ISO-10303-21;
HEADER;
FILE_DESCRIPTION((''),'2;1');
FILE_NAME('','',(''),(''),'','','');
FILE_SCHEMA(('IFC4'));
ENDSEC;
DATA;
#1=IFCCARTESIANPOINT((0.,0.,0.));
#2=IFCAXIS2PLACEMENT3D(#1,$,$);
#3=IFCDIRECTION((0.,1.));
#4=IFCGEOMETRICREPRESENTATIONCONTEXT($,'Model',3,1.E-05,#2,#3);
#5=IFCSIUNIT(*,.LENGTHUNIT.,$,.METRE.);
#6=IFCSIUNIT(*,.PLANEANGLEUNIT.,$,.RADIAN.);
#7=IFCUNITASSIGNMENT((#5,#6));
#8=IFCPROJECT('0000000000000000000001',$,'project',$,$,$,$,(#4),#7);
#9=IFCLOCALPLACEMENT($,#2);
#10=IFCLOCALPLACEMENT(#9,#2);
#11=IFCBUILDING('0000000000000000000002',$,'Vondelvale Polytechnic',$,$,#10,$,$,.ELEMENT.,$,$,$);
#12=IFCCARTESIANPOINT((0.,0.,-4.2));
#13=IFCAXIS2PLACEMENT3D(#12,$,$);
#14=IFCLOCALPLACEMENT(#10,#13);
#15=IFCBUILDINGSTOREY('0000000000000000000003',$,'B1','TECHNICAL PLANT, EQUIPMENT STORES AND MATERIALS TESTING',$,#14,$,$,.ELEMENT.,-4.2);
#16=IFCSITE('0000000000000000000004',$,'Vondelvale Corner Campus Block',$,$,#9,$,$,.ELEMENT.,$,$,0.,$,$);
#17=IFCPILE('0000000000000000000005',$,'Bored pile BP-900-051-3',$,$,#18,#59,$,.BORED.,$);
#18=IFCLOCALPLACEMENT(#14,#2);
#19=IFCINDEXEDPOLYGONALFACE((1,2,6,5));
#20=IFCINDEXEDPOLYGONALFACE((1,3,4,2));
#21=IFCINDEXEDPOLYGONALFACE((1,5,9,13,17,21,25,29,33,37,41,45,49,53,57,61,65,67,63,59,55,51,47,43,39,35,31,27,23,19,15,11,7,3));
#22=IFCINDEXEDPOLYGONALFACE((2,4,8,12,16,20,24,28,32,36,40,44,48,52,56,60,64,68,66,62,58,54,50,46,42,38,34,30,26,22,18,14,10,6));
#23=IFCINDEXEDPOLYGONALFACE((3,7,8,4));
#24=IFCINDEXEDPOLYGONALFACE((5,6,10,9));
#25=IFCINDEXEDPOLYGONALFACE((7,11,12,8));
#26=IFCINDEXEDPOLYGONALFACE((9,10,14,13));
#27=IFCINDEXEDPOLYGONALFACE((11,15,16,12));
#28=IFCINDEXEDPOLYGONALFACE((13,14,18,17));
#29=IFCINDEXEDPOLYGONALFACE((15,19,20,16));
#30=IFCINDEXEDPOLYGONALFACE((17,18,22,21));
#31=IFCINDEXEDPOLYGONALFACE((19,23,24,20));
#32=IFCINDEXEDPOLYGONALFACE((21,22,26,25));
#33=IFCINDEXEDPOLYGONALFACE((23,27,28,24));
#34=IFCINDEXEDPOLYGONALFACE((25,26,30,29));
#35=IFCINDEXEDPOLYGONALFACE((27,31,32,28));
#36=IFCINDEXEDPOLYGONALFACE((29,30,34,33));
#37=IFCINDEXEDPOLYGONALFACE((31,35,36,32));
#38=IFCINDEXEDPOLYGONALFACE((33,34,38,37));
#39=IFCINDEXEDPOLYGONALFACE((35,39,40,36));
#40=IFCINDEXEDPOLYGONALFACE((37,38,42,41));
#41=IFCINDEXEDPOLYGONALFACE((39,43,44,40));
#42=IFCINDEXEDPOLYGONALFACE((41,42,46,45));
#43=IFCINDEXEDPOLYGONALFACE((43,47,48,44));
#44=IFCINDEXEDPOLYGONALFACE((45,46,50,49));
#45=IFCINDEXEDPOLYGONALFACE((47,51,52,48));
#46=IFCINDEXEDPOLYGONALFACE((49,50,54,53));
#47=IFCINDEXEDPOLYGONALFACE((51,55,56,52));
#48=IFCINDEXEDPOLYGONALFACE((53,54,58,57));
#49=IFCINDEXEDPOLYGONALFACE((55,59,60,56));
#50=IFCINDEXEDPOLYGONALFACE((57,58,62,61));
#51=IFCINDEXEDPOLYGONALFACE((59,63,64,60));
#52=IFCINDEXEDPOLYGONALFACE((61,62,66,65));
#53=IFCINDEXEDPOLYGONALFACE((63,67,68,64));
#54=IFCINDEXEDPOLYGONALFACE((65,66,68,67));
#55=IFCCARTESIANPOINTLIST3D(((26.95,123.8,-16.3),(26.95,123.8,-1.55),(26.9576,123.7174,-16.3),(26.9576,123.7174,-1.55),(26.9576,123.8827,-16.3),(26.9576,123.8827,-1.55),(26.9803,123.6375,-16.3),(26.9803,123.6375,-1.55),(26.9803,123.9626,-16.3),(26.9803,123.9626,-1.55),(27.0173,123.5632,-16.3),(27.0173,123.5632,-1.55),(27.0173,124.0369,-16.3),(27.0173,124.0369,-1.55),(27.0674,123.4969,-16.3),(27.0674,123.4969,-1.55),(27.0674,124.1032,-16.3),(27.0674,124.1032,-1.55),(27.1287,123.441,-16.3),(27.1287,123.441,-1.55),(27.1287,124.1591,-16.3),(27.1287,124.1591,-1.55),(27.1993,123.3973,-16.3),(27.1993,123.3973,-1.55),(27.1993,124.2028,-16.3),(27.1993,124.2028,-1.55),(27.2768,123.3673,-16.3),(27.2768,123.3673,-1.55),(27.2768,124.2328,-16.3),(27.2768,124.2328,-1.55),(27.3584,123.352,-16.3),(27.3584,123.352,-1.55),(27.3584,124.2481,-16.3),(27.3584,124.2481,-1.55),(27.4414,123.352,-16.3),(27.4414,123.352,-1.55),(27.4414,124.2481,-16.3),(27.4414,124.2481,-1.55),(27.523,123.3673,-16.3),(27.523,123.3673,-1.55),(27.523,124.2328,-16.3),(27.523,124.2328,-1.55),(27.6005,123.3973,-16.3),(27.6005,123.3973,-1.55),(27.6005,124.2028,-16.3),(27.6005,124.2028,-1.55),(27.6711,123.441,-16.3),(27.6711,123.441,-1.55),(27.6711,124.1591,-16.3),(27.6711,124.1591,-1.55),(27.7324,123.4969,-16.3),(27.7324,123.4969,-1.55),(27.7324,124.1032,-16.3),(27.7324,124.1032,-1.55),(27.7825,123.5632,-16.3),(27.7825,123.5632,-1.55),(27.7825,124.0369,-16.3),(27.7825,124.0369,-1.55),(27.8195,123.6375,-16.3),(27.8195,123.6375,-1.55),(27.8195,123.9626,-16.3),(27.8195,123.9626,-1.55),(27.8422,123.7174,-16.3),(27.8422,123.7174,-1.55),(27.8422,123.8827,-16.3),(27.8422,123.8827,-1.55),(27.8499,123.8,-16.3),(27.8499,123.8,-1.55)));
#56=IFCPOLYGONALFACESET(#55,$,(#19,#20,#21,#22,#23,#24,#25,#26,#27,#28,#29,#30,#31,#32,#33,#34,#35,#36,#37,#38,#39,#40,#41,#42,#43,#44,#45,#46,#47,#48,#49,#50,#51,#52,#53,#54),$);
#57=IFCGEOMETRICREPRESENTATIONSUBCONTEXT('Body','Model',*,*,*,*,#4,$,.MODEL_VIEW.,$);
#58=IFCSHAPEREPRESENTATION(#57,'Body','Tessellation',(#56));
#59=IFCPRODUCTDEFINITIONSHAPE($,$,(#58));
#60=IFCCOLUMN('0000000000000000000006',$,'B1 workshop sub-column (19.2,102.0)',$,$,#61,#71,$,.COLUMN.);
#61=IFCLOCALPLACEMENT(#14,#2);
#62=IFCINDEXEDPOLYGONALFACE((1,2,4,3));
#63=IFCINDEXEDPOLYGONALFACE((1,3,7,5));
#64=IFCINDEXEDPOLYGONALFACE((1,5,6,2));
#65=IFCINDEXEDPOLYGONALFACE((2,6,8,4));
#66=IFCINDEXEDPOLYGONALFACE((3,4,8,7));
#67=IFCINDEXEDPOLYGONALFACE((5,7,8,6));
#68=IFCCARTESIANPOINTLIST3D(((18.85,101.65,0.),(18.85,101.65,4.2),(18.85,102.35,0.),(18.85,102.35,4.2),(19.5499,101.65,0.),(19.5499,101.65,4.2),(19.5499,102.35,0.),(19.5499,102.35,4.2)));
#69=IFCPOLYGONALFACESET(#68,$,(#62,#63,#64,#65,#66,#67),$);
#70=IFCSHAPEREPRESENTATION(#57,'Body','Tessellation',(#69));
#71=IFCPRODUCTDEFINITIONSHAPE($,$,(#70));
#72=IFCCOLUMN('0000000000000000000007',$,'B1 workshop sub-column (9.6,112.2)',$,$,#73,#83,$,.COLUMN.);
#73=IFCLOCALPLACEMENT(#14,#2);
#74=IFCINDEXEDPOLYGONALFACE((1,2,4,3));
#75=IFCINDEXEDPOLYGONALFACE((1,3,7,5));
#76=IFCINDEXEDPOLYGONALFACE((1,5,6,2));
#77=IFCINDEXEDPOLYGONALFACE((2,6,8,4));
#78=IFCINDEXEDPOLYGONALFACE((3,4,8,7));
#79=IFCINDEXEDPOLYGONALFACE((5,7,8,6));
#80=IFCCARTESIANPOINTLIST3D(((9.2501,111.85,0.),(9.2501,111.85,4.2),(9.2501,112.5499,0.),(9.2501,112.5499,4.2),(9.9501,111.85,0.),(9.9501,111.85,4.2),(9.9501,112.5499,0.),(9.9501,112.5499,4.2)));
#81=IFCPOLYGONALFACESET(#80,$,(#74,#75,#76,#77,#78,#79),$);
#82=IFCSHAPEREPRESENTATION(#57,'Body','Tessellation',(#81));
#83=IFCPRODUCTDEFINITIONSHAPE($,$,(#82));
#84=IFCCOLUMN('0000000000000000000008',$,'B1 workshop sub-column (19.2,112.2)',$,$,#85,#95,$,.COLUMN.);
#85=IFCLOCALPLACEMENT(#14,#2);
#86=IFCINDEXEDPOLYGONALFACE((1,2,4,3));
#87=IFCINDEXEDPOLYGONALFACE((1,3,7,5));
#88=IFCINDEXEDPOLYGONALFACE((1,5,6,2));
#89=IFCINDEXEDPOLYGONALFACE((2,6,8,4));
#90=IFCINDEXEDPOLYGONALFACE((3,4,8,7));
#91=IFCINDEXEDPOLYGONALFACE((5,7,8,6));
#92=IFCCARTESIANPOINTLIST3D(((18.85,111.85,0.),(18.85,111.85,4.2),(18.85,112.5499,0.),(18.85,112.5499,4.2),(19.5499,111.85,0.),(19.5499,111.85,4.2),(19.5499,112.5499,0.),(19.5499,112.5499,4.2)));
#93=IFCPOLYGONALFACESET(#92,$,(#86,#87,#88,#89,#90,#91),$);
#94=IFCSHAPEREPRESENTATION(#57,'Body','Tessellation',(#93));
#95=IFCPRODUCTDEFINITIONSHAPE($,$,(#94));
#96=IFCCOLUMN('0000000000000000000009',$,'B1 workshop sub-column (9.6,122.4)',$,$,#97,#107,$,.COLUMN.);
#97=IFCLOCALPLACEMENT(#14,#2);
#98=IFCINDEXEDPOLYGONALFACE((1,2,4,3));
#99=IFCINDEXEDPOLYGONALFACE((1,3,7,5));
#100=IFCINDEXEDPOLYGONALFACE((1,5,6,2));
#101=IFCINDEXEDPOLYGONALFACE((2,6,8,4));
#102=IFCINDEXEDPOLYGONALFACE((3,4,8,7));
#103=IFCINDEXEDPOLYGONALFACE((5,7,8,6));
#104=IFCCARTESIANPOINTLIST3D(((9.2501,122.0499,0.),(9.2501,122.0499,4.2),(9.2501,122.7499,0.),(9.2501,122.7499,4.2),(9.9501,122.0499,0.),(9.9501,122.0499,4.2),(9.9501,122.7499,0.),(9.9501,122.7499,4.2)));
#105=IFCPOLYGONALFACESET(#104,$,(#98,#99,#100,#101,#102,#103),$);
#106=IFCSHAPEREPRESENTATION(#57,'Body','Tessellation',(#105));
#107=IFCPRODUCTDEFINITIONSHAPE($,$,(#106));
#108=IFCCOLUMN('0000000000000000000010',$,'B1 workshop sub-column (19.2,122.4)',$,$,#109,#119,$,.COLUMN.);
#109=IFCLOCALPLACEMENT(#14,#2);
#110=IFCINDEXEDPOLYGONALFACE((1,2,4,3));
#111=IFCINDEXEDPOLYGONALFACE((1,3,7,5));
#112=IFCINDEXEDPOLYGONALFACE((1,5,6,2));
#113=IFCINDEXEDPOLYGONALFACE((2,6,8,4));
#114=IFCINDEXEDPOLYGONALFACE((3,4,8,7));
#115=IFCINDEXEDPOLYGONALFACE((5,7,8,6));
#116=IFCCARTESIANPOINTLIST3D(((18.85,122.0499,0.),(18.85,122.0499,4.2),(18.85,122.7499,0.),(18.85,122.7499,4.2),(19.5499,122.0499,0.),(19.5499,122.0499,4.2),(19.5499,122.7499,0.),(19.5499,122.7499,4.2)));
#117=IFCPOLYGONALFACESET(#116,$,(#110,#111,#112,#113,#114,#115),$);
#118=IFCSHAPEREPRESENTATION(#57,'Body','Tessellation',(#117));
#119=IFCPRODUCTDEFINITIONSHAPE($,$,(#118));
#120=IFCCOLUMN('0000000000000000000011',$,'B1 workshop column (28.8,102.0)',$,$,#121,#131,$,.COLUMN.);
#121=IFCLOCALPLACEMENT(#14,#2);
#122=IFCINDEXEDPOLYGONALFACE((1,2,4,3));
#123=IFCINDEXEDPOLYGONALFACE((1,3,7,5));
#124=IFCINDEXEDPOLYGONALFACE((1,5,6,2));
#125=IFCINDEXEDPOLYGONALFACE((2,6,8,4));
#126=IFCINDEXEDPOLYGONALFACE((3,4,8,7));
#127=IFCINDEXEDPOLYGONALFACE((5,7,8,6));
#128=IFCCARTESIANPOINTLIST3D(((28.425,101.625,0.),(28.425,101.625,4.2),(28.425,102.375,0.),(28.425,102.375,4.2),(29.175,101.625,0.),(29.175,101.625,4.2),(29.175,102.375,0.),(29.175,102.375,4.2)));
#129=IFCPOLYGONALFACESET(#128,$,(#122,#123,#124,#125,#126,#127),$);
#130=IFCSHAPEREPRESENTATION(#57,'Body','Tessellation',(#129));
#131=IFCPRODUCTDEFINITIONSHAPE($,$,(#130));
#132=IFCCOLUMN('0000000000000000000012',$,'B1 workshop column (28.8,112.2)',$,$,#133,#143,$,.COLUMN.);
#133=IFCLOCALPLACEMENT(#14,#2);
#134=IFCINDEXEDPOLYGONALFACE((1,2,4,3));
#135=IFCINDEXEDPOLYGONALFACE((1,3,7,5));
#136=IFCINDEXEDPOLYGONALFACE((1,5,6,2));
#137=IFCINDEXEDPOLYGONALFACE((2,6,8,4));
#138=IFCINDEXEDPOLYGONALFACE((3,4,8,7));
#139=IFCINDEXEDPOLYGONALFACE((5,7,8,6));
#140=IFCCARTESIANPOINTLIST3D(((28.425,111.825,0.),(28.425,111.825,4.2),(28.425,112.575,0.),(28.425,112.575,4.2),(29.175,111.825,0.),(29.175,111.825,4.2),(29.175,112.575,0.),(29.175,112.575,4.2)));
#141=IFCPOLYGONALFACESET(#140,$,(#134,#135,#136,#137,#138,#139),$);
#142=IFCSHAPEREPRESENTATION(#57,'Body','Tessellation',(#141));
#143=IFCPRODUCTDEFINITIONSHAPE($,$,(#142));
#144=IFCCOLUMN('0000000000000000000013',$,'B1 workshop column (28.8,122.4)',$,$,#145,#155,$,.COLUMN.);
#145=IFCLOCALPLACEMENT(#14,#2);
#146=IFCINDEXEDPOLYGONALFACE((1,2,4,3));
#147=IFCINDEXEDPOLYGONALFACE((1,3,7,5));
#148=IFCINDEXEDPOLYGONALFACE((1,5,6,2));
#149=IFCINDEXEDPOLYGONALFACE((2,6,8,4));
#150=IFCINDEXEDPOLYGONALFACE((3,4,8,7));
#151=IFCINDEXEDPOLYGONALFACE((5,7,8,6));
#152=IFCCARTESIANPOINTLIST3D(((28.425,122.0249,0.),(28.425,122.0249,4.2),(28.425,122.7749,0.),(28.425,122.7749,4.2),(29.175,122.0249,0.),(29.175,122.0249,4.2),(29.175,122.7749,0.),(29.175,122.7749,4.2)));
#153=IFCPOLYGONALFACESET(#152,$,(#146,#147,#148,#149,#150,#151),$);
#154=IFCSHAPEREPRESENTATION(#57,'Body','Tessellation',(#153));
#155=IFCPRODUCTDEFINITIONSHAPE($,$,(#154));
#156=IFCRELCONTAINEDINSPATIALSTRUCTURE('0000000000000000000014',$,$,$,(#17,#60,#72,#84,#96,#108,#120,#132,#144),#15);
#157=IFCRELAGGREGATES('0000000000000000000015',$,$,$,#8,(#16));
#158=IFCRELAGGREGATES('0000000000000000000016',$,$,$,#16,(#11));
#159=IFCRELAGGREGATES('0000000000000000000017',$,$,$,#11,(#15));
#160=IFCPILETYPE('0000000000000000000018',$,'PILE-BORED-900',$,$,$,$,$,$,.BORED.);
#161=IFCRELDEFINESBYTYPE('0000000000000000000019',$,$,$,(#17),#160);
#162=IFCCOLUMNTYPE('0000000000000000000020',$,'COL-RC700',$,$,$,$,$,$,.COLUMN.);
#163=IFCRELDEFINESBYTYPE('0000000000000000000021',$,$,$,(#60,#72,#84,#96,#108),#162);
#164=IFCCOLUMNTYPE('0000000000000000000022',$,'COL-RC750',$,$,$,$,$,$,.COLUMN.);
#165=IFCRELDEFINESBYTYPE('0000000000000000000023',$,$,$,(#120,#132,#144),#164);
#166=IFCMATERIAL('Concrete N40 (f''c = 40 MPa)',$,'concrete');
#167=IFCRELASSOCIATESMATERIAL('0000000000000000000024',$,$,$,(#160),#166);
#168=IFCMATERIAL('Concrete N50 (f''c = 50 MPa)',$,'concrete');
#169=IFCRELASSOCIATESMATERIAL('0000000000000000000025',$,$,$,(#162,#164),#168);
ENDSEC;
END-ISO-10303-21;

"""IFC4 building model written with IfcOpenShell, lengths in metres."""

from ifc_helpers import new_model, si_unit, direction, frame, origin, origin_2d, place, context, subcontext, project, spatial, rectangle, circle, extrude, material, material_profile, profile_set, type_object, element, save


model = new_model("IFC4")

# Units and contexts
model_context = context("Model", 3, precision=1e-05, world=origin(), true_north=direction((0.0, 1.0)))
body_context = subcontext(model_context, "Body", "Model", "MODEL_VIEW")
ifc_project = project(units=[si_unit("LENGTHUNIT", "METRE"), si_unit("PLANEANGLEUNIT", "RADIAN")], contexts=[model_context])

# Site, building, storey
site_placement = place(None, origin())
site = spatial("IfcSite", under=ifc_project, at=site_placement, Name="Vondelvale Corner Campus Block", CompositionType="ELEMENT", RefElevation=0.0)
building_placement = place(site_placement, origin())
building = spatial("IfcBuilding", under=site, at=building_placement, Name="Vondelvale Polytechnic", CompositionType="ELEMENT")
storey_placement = place(building_placement, frame((0.0, 0.0, -4.2)))
storey = spatial("IfcBuildingStorey", under=building, at=storey_placement, Name="B1", Description="TECHNICAL PLANT, EQUIPMENT STORES AND MATERIALS TESTING", CompositionType="ELEMENT", Elevation=-4.2)

# Shared definitions
ifc_material_1 = material(Name="Concrete N40 (f'c = 40 MPa)", Category="concrete")

# Pile
ifc_material_profile_1 = material_profile(ifc_material_1, circle(Radius=0.45, at=origin_2d()), Name="PILE-D900")
ifc_profile_set_1 = profile_set([ifc_material_profile_1], Name="Concrete N40 (f'c = 40 MPa)")
pile_type = type_object("IfcPileType", Name="PILE-BORED-900", PredefinedType="BORED", material=ifc_profile_set_1)
for number, where, z_axis, x_axis, name in (
    (1, (27.3999, 123.8, -1.55), (0.0, 0.0, -1.0), (1.0, 0.0, 0.0), "Bored pile BP-900-051-3"),
):
    element("IfcPile", number, at=place(storey_placement, frame(where, z_axis=z_axis, x_axis=x_axis)), inside=storey, type_object=pile_type, Name=name, PredefinedType="BORED", context=body_context, shape_type="SweptSolid", body=[
        extrude(circle(Radius=0.45, at=origin_2d()), origin(), (0.0, 0.0, 1.0), 14.75),
    ])

# Columns
ifc_material_2 = material(Name="Concrete N50 (f'c = 50 MPa)", Category="concrete")
ifc_material_profile_2 = material_profile(ifc_material_2, rectangle(XDim=0.7, YDim=0.7, at=origin_2d()), Name="RC-COL-700x700")
ifc_profile_set_2 = profile_set([ifc_material_profile_2], Name="Concrete N50 (f'c = 50 MPa)")
column_type_1 = type_object("IfcColumnType", Name="COL-RC700", PredefinedType="COLUMN", material=ifc_profile_set_2)
for number, where, z_axis, x_axis, name in (
    (2, (19.2, 102.0, 0.0), (0.0, 0.0, 1.0), (1.0, 0.0, 0.0), "B1 workshop sub-column (19.2,102.0)"),
    (3, (9.6001, 112.2, 0.0), (0.0, 0.0, 1.0), (1.0, 0.0, 0.0), "B1 workshop sub-column (9.6,112.2)"),
    (4, (19.2, 112.2, 0.0), (0.0, 0.0, 1.0), (1.0, 0.0, 0.0), "B1 workshop sub-column (19.2,112.2)"),
    (5, (9.6001, 122.3999, 0.0), (0.0, 0.0, 1.0), (1.0, 0.0, 0.0), "B1 workshop sub-column (9.6,122.4)"),
    (6, (19.2, 122.3999, 0.0), (0.0, 0.0, 1.0), (1.0, 0.0, 0.0), "B1 workshop sub-column (19.2,122.4)"),
):
    element("IfcColumn", number, at=place(storey_placement, frame(where, z_axis=z_axis, x_axis=x_axis)), inside=storey, type_object=column_type_1, Name=name, PredefinedType="COLUMN", context=body_context, shape_type="SweptSolid", body=[
        extrude(rectangle(XDim=0.7, YDim=0.7, at=origin_2d()), origin(), (0.0, 0.0, 1.0), 4.2),
    ])
ifc_material_profile_3 = material_profile(ifc_material_2, rectangle(XDim=0.75, YDim=0.75, at=origin_2d()), Name="RC-COL-750x750")
ifc_profile_set_3 = profile_set([ifc_material_profile_3], Name="Concrete N50 (f'c = 50 MPa)")
column_type_2 = type_object("IfcColumnType", Name="COL-RC750", PredefinedType="COLUMN", material=ifc_profile_set_3)
for number, where, z_axis, x_axis, name in (
    (7, (28.8, 102.0, 0.0), (0.0, 0.0, 1.0), (1.0, 0.0, 0.0), "B1 workshop column (28.8,102.0)"),
    (8, (28.8, 112.2, 0.0), (0.0, 0.0, 1.0), (1.0, 0.0, 0.0), "B1 workshop column (28.8,112.2)"),
    (9, (28.8, 122.3999, 0.0), (0.0, 0.0, 1.0), (1.0, 0.0, 0.0), "B1 workshop column (28.8,122.4)"),
):
    element("IfcColumn", number, at=place(storey_placement, frame(where, z_axis=z_axis, x_axis=x_axis)), inside=storey, type_object=column_type_2, Name=name, PredefinedType="COLUMN", context=body_context, shape_type="SweptSolid", body=[
        extrude(rectangle(XDim=0.75, YDim=0.75, at=origin_2d()), origin(), (0.0, 0.0, 1.0), 4.2),
    ])

save(model, "model.ifc")
